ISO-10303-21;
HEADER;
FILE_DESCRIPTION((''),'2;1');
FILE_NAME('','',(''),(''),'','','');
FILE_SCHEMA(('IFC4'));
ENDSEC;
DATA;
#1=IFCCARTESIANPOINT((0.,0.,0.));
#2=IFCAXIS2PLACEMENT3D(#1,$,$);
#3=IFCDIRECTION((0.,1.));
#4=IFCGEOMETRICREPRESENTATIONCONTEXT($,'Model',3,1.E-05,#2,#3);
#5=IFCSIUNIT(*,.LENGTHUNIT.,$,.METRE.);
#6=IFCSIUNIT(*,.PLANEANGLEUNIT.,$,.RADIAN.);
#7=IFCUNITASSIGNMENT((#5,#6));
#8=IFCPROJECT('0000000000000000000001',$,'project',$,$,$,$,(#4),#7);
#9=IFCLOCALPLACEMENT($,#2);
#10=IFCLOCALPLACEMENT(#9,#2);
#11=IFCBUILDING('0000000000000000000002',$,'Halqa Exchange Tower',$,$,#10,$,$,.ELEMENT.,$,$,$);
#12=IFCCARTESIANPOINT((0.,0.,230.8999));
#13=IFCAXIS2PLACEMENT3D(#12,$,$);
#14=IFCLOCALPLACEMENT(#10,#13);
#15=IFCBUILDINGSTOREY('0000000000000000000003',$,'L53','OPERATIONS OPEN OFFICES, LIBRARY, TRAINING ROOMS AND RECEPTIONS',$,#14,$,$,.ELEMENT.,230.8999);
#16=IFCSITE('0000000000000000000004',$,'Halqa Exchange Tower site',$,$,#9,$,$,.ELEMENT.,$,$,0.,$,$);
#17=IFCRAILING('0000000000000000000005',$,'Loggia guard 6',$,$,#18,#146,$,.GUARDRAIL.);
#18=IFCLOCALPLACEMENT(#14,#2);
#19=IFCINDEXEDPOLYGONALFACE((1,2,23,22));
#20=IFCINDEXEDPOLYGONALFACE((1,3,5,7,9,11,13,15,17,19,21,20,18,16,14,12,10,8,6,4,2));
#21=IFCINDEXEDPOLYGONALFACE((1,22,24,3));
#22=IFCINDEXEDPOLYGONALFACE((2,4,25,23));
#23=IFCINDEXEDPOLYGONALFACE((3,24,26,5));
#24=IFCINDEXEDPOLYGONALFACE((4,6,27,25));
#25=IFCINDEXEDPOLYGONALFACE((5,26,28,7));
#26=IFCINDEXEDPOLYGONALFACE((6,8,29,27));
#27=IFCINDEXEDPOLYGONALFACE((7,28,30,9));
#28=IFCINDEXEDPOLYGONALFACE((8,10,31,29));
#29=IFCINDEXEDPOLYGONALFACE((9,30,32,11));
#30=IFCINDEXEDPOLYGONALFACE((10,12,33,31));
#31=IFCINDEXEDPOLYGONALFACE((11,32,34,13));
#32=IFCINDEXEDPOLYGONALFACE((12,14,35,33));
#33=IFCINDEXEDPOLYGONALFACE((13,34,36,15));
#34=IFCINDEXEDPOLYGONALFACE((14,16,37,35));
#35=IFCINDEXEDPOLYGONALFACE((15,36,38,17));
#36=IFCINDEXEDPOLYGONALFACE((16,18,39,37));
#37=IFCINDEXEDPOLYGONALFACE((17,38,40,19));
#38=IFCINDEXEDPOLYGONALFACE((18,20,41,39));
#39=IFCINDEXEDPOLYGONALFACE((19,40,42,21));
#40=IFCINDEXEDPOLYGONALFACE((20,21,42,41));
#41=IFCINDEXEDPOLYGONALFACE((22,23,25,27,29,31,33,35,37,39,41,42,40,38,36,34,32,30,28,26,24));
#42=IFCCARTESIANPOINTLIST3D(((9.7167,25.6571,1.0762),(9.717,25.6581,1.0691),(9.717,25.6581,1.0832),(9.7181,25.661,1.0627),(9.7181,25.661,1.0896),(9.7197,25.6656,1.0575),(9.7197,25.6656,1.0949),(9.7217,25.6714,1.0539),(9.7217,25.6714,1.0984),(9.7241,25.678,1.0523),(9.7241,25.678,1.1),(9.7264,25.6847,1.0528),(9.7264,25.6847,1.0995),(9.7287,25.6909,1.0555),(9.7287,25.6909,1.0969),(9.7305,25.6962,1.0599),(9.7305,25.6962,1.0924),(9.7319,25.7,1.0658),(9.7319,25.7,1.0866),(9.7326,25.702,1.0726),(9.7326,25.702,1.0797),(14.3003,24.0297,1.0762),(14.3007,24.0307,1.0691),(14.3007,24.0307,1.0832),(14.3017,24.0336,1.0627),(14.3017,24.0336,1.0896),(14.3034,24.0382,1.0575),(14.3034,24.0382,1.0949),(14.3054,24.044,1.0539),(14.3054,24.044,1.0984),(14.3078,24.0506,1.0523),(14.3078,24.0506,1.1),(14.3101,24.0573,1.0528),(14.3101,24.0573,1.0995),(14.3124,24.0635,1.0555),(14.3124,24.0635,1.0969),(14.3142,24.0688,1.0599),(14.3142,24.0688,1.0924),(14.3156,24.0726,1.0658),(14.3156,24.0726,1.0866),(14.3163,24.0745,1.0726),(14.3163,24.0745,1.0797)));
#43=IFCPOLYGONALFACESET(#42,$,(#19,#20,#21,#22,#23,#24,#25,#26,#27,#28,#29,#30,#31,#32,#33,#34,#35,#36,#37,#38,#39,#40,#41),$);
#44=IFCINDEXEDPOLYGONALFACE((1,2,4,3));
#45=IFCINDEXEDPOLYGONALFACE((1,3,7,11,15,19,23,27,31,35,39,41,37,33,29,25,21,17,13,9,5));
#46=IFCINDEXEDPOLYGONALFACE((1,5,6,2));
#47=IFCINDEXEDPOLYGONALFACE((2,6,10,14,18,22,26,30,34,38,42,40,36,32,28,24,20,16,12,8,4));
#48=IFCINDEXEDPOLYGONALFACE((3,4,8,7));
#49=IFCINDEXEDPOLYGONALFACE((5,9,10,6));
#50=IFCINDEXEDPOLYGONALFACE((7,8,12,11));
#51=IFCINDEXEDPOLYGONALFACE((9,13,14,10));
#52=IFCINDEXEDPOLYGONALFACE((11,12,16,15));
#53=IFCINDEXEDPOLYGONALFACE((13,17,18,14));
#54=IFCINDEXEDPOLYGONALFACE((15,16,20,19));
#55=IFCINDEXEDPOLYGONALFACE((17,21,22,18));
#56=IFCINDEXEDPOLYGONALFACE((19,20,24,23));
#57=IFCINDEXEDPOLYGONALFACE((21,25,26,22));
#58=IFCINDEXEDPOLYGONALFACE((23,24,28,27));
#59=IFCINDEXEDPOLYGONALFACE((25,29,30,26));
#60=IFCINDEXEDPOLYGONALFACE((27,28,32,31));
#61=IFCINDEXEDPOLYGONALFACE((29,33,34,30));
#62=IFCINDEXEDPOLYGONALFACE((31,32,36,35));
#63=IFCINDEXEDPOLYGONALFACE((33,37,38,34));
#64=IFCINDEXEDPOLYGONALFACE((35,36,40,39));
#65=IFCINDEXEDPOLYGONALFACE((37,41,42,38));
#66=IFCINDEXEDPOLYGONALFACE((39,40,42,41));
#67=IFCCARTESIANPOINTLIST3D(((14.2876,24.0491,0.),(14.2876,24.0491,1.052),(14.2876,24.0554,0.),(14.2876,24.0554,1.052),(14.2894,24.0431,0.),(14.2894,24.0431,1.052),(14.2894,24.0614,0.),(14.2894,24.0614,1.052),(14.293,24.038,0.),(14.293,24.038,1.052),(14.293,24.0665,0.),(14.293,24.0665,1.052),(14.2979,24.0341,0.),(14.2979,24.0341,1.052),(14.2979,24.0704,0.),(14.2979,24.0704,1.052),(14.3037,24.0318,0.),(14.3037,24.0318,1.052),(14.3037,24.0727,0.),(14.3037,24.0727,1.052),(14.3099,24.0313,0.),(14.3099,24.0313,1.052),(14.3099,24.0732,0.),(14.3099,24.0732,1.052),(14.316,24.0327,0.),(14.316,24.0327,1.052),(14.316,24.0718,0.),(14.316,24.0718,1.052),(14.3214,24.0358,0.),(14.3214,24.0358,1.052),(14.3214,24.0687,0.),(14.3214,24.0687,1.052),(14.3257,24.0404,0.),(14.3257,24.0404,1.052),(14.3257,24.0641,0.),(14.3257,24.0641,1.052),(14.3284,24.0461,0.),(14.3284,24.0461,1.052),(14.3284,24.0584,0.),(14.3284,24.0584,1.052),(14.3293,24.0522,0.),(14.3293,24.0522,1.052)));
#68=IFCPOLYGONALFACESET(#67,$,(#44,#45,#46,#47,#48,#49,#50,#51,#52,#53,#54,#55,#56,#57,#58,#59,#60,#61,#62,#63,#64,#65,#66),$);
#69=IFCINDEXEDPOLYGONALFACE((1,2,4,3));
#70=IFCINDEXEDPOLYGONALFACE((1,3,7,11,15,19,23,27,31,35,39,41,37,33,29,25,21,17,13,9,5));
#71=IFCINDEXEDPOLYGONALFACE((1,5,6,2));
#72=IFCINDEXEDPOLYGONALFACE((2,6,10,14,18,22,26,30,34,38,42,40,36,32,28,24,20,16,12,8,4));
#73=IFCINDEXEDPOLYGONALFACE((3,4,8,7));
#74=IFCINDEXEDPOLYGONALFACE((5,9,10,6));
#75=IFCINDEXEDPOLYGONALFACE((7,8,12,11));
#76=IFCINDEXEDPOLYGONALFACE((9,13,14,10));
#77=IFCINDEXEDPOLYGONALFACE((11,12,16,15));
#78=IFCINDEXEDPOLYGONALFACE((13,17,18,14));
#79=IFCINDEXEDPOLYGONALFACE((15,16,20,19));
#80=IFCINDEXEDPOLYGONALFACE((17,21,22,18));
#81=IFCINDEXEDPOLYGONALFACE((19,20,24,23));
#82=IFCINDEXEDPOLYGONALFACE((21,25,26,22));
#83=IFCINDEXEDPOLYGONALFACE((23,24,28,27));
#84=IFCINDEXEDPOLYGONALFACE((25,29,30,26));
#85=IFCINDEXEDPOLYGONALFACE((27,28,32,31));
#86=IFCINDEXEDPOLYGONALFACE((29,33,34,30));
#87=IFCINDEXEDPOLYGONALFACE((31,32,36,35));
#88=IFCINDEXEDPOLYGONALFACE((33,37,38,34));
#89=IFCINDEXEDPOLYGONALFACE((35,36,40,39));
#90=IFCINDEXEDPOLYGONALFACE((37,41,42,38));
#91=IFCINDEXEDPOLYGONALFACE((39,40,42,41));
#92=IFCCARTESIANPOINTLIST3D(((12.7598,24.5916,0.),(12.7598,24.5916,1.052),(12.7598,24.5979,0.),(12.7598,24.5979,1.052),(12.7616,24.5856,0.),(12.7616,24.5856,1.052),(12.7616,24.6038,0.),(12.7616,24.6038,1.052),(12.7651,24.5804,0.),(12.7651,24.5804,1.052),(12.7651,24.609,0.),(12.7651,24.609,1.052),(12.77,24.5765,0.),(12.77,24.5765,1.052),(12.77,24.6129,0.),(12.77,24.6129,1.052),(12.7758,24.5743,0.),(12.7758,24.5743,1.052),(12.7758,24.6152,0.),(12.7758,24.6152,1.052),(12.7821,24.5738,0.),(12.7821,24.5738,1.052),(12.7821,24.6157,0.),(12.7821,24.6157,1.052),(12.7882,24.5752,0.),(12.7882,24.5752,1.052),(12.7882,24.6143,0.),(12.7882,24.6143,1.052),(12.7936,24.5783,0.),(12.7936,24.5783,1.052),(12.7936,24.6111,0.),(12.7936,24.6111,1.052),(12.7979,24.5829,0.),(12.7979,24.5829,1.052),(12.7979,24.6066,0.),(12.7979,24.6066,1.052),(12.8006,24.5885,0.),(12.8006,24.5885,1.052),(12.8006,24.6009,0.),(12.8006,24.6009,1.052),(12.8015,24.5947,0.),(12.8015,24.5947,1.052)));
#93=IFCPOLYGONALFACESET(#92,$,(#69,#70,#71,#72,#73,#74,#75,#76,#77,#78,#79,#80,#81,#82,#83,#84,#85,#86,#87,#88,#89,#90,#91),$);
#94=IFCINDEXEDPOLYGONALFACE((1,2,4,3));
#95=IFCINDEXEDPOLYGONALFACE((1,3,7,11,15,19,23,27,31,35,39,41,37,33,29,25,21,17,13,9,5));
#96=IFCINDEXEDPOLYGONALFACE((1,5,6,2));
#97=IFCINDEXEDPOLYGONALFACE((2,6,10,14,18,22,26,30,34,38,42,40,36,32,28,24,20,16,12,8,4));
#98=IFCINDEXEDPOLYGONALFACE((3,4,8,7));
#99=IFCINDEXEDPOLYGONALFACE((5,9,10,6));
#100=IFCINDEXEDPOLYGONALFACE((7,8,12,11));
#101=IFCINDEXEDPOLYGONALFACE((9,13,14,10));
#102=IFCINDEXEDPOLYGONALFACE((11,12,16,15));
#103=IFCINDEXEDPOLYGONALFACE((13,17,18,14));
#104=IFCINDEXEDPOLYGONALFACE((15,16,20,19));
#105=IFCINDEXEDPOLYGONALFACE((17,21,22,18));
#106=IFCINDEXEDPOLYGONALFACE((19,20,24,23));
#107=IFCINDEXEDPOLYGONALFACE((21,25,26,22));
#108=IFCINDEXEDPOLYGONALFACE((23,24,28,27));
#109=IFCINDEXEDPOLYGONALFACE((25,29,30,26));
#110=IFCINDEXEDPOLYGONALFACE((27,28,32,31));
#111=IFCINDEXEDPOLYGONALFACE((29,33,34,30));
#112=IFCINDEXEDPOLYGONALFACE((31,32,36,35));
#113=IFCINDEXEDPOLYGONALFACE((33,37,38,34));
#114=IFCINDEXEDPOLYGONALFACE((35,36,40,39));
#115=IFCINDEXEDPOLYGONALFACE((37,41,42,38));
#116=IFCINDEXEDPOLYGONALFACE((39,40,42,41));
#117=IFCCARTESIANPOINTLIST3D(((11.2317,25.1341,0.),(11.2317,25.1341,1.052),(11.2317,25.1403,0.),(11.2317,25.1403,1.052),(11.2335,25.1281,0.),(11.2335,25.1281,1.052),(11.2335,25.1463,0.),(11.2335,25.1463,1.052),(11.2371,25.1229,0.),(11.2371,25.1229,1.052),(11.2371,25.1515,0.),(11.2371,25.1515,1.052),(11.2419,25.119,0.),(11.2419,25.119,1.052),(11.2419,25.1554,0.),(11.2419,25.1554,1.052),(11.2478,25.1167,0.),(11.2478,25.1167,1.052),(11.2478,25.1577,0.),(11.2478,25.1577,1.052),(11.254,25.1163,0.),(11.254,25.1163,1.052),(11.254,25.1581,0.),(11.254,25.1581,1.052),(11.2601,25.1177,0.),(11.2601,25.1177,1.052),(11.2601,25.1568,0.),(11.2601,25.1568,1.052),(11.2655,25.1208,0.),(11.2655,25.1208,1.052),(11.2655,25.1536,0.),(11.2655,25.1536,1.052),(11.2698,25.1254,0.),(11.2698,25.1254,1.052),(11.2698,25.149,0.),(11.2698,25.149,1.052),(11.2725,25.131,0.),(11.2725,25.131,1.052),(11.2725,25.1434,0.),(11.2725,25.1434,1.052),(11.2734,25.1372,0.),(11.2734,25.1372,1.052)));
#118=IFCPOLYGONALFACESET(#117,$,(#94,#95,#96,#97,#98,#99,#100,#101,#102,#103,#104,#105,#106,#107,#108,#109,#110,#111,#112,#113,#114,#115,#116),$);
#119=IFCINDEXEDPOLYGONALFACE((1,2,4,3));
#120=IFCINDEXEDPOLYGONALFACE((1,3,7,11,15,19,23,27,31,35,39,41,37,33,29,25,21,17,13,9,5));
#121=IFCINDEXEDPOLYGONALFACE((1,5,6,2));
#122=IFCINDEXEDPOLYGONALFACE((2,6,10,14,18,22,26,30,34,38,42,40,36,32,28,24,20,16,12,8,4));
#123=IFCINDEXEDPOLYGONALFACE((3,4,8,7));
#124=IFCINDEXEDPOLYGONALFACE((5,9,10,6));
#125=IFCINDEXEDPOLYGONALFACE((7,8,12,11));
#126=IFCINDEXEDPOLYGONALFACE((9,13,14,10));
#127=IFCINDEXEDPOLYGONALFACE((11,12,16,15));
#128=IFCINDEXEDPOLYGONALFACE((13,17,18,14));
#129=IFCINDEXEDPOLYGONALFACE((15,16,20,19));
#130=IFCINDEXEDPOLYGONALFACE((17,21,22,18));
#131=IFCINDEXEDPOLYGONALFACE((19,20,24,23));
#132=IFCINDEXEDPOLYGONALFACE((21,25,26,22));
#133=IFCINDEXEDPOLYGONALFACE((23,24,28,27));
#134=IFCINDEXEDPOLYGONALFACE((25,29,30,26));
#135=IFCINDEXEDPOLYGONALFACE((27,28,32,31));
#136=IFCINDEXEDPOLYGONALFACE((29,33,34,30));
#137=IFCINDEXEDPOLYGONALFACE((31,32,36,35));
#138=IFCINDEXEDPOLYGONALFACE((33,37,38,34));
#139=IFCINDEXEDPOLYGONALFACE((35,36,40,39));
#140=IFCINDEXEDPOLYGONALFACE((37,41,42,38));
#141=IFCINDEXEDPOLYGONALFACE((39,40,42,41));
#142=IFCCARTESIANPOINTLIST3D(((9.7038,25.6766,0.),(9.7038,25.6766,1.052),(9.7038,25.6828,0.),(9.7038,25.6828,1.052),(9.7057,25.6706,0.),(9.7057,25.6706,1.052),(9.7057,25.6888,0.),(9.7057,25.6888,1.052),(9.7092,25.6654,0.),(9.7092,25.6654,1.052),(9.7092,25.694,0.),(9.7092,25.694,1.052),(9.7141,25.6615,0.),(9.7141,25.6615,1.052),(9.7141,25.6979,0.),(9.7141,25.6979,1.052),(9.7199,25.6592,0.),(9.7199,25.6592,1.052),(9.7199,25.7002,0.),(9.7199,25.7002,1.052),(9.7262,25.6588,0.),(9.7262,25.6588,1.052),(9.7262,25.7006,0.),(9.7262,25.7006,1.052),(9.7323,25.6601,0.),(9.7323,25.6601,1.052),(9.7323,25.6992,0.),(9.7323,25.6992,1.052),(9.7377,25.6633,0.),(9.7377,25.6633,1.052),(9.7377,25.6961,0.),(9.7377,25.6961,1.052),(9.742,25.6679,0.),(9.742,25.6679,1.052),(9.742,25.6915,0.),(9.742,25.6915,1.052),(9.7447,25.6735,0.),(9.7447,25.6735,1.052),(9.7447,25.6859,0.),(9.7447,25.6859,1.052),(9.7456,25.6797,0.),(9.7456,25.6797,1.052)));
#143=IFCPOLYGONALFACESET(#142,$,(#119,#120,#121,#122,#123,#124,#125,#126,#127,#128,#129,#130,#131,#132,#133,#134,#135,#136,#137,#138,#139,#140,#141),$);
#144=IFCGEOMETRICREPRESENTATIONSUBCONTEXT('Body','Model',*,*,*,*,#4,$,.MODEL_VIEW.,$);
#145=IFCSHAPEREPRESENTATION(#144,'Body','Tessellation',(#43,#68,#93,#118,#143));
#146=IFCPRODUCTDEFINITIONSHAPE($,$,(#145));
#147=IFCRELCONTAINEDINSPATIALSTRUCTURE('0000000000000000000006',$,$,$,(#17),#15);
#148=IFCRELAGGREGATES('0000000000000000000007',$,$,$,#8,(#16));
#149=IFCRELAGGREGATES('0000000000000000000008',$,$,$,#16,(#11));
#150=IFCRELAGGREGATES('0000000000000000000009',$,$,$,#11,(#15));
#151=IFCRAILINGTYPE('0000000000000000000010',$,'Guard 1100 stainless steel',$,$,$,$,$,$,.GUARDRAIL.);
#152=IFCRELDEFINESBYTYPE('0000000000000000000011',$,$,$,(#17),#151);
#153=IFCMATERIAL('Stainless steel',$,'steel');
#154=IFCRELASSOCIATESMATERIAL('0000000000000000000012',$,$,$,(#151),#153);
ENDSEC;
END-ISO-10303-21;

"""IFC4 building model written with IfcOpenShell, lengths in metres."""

from ifc_helpers import new_model, si_unit, direction, frame, origin, origin_2d, place, context, subcontext, project, spatial, circle, extrude, material, type_object, element, save


model = new_model("IFC4")

# Units and contexts
model_context = context("Model", 3, precision=1e-05, world=origin(), true_north=direction((0.0, 1.0)))
body_context = subcontext(model_context, "Body", "Model", "MODEL_VIEW")
ifc_project = project(units=[si_unit("LENGTHUNIT", "METRE"), si_unit("PLANEANGLEUNIT", "RADIAN")], contexts=[model_context])

# Site, building, storey
site_placement = place(None, origin())
site = spatial("IfcSite", under=ifc_project, at=site_placement, Name="Halqa Exchange Tower site", CompositionType="ELEMENT", RefElevation=0.0)
building_placement = place(site_placement, origin())
building = spatial("IfcBuilding", under=site, at=building_placement, Name="Halqa Exchange Tower", CompositionType="ELEMENT")
storey_placement = place(building_placement, frame((0.0, 0.0, 230.8999)))
storey = spatial("IfcBuildingStorey", under=building, at=storey_placement, Name="L53", Description="OPERATIONS OPEN OFFICES, LIBRARY, TRAINING ROOMS AND RECEPTIONS", CompositionType="ELEMENT", Elevation=230.8999)

# Railing
ifc_material_1 = material(Name="Stainless steel", Category="steel")
railing_type = type_object("IfcRailingType", Name="Guard 1100 stainless steel", PredefinedType="GUARDRAIL", material=ifc_material_1)
railing_1_placement = place(storey_placement, frame((14.3083, 24.0522, 0.0)))
element("IfcRailing", 1, at=railing_1_placement, inside=storey, type_object=railing_type, Name="Loggia guard 6", PredefinedType="GUARDRAIL", context=body_context, shape_type="SweptSolid", body=[
    extrude(circle(Radius=0.0239, at=origin_2d()), frame((0.0, 0.0, 1.0762), z_axis=(-0.942366, 0.334584, 0.0), x_axis=(-0.334584, -0.942366, 0.0)), (0.0, 0.0, 1.0), 4.864),
    extrude(circle(Radius=0.021, at=origin_2d()), origin(), (0.0, 0.0, 1.0), 1.052),
    extrude(circle(Radius=0.021, at=origin_2d()), frame((-1.5278, 0.5425, 0.0)), (0.0, 0.0, 1.0), 1.052),
    extrude(circle(Radius=0.021, at=origin_2d()), frame((-3.0559, 1.085, 0.0)), (0.0, 0.0, 1.0), 1.052),
    extrude(circle(Radius=0.021, at=origin_2d()), frame((-4.5837, 1.6274, 0.0)), (0.0, 0.0, 1.0), 1.052),
])

save(model, "model.ifc")
